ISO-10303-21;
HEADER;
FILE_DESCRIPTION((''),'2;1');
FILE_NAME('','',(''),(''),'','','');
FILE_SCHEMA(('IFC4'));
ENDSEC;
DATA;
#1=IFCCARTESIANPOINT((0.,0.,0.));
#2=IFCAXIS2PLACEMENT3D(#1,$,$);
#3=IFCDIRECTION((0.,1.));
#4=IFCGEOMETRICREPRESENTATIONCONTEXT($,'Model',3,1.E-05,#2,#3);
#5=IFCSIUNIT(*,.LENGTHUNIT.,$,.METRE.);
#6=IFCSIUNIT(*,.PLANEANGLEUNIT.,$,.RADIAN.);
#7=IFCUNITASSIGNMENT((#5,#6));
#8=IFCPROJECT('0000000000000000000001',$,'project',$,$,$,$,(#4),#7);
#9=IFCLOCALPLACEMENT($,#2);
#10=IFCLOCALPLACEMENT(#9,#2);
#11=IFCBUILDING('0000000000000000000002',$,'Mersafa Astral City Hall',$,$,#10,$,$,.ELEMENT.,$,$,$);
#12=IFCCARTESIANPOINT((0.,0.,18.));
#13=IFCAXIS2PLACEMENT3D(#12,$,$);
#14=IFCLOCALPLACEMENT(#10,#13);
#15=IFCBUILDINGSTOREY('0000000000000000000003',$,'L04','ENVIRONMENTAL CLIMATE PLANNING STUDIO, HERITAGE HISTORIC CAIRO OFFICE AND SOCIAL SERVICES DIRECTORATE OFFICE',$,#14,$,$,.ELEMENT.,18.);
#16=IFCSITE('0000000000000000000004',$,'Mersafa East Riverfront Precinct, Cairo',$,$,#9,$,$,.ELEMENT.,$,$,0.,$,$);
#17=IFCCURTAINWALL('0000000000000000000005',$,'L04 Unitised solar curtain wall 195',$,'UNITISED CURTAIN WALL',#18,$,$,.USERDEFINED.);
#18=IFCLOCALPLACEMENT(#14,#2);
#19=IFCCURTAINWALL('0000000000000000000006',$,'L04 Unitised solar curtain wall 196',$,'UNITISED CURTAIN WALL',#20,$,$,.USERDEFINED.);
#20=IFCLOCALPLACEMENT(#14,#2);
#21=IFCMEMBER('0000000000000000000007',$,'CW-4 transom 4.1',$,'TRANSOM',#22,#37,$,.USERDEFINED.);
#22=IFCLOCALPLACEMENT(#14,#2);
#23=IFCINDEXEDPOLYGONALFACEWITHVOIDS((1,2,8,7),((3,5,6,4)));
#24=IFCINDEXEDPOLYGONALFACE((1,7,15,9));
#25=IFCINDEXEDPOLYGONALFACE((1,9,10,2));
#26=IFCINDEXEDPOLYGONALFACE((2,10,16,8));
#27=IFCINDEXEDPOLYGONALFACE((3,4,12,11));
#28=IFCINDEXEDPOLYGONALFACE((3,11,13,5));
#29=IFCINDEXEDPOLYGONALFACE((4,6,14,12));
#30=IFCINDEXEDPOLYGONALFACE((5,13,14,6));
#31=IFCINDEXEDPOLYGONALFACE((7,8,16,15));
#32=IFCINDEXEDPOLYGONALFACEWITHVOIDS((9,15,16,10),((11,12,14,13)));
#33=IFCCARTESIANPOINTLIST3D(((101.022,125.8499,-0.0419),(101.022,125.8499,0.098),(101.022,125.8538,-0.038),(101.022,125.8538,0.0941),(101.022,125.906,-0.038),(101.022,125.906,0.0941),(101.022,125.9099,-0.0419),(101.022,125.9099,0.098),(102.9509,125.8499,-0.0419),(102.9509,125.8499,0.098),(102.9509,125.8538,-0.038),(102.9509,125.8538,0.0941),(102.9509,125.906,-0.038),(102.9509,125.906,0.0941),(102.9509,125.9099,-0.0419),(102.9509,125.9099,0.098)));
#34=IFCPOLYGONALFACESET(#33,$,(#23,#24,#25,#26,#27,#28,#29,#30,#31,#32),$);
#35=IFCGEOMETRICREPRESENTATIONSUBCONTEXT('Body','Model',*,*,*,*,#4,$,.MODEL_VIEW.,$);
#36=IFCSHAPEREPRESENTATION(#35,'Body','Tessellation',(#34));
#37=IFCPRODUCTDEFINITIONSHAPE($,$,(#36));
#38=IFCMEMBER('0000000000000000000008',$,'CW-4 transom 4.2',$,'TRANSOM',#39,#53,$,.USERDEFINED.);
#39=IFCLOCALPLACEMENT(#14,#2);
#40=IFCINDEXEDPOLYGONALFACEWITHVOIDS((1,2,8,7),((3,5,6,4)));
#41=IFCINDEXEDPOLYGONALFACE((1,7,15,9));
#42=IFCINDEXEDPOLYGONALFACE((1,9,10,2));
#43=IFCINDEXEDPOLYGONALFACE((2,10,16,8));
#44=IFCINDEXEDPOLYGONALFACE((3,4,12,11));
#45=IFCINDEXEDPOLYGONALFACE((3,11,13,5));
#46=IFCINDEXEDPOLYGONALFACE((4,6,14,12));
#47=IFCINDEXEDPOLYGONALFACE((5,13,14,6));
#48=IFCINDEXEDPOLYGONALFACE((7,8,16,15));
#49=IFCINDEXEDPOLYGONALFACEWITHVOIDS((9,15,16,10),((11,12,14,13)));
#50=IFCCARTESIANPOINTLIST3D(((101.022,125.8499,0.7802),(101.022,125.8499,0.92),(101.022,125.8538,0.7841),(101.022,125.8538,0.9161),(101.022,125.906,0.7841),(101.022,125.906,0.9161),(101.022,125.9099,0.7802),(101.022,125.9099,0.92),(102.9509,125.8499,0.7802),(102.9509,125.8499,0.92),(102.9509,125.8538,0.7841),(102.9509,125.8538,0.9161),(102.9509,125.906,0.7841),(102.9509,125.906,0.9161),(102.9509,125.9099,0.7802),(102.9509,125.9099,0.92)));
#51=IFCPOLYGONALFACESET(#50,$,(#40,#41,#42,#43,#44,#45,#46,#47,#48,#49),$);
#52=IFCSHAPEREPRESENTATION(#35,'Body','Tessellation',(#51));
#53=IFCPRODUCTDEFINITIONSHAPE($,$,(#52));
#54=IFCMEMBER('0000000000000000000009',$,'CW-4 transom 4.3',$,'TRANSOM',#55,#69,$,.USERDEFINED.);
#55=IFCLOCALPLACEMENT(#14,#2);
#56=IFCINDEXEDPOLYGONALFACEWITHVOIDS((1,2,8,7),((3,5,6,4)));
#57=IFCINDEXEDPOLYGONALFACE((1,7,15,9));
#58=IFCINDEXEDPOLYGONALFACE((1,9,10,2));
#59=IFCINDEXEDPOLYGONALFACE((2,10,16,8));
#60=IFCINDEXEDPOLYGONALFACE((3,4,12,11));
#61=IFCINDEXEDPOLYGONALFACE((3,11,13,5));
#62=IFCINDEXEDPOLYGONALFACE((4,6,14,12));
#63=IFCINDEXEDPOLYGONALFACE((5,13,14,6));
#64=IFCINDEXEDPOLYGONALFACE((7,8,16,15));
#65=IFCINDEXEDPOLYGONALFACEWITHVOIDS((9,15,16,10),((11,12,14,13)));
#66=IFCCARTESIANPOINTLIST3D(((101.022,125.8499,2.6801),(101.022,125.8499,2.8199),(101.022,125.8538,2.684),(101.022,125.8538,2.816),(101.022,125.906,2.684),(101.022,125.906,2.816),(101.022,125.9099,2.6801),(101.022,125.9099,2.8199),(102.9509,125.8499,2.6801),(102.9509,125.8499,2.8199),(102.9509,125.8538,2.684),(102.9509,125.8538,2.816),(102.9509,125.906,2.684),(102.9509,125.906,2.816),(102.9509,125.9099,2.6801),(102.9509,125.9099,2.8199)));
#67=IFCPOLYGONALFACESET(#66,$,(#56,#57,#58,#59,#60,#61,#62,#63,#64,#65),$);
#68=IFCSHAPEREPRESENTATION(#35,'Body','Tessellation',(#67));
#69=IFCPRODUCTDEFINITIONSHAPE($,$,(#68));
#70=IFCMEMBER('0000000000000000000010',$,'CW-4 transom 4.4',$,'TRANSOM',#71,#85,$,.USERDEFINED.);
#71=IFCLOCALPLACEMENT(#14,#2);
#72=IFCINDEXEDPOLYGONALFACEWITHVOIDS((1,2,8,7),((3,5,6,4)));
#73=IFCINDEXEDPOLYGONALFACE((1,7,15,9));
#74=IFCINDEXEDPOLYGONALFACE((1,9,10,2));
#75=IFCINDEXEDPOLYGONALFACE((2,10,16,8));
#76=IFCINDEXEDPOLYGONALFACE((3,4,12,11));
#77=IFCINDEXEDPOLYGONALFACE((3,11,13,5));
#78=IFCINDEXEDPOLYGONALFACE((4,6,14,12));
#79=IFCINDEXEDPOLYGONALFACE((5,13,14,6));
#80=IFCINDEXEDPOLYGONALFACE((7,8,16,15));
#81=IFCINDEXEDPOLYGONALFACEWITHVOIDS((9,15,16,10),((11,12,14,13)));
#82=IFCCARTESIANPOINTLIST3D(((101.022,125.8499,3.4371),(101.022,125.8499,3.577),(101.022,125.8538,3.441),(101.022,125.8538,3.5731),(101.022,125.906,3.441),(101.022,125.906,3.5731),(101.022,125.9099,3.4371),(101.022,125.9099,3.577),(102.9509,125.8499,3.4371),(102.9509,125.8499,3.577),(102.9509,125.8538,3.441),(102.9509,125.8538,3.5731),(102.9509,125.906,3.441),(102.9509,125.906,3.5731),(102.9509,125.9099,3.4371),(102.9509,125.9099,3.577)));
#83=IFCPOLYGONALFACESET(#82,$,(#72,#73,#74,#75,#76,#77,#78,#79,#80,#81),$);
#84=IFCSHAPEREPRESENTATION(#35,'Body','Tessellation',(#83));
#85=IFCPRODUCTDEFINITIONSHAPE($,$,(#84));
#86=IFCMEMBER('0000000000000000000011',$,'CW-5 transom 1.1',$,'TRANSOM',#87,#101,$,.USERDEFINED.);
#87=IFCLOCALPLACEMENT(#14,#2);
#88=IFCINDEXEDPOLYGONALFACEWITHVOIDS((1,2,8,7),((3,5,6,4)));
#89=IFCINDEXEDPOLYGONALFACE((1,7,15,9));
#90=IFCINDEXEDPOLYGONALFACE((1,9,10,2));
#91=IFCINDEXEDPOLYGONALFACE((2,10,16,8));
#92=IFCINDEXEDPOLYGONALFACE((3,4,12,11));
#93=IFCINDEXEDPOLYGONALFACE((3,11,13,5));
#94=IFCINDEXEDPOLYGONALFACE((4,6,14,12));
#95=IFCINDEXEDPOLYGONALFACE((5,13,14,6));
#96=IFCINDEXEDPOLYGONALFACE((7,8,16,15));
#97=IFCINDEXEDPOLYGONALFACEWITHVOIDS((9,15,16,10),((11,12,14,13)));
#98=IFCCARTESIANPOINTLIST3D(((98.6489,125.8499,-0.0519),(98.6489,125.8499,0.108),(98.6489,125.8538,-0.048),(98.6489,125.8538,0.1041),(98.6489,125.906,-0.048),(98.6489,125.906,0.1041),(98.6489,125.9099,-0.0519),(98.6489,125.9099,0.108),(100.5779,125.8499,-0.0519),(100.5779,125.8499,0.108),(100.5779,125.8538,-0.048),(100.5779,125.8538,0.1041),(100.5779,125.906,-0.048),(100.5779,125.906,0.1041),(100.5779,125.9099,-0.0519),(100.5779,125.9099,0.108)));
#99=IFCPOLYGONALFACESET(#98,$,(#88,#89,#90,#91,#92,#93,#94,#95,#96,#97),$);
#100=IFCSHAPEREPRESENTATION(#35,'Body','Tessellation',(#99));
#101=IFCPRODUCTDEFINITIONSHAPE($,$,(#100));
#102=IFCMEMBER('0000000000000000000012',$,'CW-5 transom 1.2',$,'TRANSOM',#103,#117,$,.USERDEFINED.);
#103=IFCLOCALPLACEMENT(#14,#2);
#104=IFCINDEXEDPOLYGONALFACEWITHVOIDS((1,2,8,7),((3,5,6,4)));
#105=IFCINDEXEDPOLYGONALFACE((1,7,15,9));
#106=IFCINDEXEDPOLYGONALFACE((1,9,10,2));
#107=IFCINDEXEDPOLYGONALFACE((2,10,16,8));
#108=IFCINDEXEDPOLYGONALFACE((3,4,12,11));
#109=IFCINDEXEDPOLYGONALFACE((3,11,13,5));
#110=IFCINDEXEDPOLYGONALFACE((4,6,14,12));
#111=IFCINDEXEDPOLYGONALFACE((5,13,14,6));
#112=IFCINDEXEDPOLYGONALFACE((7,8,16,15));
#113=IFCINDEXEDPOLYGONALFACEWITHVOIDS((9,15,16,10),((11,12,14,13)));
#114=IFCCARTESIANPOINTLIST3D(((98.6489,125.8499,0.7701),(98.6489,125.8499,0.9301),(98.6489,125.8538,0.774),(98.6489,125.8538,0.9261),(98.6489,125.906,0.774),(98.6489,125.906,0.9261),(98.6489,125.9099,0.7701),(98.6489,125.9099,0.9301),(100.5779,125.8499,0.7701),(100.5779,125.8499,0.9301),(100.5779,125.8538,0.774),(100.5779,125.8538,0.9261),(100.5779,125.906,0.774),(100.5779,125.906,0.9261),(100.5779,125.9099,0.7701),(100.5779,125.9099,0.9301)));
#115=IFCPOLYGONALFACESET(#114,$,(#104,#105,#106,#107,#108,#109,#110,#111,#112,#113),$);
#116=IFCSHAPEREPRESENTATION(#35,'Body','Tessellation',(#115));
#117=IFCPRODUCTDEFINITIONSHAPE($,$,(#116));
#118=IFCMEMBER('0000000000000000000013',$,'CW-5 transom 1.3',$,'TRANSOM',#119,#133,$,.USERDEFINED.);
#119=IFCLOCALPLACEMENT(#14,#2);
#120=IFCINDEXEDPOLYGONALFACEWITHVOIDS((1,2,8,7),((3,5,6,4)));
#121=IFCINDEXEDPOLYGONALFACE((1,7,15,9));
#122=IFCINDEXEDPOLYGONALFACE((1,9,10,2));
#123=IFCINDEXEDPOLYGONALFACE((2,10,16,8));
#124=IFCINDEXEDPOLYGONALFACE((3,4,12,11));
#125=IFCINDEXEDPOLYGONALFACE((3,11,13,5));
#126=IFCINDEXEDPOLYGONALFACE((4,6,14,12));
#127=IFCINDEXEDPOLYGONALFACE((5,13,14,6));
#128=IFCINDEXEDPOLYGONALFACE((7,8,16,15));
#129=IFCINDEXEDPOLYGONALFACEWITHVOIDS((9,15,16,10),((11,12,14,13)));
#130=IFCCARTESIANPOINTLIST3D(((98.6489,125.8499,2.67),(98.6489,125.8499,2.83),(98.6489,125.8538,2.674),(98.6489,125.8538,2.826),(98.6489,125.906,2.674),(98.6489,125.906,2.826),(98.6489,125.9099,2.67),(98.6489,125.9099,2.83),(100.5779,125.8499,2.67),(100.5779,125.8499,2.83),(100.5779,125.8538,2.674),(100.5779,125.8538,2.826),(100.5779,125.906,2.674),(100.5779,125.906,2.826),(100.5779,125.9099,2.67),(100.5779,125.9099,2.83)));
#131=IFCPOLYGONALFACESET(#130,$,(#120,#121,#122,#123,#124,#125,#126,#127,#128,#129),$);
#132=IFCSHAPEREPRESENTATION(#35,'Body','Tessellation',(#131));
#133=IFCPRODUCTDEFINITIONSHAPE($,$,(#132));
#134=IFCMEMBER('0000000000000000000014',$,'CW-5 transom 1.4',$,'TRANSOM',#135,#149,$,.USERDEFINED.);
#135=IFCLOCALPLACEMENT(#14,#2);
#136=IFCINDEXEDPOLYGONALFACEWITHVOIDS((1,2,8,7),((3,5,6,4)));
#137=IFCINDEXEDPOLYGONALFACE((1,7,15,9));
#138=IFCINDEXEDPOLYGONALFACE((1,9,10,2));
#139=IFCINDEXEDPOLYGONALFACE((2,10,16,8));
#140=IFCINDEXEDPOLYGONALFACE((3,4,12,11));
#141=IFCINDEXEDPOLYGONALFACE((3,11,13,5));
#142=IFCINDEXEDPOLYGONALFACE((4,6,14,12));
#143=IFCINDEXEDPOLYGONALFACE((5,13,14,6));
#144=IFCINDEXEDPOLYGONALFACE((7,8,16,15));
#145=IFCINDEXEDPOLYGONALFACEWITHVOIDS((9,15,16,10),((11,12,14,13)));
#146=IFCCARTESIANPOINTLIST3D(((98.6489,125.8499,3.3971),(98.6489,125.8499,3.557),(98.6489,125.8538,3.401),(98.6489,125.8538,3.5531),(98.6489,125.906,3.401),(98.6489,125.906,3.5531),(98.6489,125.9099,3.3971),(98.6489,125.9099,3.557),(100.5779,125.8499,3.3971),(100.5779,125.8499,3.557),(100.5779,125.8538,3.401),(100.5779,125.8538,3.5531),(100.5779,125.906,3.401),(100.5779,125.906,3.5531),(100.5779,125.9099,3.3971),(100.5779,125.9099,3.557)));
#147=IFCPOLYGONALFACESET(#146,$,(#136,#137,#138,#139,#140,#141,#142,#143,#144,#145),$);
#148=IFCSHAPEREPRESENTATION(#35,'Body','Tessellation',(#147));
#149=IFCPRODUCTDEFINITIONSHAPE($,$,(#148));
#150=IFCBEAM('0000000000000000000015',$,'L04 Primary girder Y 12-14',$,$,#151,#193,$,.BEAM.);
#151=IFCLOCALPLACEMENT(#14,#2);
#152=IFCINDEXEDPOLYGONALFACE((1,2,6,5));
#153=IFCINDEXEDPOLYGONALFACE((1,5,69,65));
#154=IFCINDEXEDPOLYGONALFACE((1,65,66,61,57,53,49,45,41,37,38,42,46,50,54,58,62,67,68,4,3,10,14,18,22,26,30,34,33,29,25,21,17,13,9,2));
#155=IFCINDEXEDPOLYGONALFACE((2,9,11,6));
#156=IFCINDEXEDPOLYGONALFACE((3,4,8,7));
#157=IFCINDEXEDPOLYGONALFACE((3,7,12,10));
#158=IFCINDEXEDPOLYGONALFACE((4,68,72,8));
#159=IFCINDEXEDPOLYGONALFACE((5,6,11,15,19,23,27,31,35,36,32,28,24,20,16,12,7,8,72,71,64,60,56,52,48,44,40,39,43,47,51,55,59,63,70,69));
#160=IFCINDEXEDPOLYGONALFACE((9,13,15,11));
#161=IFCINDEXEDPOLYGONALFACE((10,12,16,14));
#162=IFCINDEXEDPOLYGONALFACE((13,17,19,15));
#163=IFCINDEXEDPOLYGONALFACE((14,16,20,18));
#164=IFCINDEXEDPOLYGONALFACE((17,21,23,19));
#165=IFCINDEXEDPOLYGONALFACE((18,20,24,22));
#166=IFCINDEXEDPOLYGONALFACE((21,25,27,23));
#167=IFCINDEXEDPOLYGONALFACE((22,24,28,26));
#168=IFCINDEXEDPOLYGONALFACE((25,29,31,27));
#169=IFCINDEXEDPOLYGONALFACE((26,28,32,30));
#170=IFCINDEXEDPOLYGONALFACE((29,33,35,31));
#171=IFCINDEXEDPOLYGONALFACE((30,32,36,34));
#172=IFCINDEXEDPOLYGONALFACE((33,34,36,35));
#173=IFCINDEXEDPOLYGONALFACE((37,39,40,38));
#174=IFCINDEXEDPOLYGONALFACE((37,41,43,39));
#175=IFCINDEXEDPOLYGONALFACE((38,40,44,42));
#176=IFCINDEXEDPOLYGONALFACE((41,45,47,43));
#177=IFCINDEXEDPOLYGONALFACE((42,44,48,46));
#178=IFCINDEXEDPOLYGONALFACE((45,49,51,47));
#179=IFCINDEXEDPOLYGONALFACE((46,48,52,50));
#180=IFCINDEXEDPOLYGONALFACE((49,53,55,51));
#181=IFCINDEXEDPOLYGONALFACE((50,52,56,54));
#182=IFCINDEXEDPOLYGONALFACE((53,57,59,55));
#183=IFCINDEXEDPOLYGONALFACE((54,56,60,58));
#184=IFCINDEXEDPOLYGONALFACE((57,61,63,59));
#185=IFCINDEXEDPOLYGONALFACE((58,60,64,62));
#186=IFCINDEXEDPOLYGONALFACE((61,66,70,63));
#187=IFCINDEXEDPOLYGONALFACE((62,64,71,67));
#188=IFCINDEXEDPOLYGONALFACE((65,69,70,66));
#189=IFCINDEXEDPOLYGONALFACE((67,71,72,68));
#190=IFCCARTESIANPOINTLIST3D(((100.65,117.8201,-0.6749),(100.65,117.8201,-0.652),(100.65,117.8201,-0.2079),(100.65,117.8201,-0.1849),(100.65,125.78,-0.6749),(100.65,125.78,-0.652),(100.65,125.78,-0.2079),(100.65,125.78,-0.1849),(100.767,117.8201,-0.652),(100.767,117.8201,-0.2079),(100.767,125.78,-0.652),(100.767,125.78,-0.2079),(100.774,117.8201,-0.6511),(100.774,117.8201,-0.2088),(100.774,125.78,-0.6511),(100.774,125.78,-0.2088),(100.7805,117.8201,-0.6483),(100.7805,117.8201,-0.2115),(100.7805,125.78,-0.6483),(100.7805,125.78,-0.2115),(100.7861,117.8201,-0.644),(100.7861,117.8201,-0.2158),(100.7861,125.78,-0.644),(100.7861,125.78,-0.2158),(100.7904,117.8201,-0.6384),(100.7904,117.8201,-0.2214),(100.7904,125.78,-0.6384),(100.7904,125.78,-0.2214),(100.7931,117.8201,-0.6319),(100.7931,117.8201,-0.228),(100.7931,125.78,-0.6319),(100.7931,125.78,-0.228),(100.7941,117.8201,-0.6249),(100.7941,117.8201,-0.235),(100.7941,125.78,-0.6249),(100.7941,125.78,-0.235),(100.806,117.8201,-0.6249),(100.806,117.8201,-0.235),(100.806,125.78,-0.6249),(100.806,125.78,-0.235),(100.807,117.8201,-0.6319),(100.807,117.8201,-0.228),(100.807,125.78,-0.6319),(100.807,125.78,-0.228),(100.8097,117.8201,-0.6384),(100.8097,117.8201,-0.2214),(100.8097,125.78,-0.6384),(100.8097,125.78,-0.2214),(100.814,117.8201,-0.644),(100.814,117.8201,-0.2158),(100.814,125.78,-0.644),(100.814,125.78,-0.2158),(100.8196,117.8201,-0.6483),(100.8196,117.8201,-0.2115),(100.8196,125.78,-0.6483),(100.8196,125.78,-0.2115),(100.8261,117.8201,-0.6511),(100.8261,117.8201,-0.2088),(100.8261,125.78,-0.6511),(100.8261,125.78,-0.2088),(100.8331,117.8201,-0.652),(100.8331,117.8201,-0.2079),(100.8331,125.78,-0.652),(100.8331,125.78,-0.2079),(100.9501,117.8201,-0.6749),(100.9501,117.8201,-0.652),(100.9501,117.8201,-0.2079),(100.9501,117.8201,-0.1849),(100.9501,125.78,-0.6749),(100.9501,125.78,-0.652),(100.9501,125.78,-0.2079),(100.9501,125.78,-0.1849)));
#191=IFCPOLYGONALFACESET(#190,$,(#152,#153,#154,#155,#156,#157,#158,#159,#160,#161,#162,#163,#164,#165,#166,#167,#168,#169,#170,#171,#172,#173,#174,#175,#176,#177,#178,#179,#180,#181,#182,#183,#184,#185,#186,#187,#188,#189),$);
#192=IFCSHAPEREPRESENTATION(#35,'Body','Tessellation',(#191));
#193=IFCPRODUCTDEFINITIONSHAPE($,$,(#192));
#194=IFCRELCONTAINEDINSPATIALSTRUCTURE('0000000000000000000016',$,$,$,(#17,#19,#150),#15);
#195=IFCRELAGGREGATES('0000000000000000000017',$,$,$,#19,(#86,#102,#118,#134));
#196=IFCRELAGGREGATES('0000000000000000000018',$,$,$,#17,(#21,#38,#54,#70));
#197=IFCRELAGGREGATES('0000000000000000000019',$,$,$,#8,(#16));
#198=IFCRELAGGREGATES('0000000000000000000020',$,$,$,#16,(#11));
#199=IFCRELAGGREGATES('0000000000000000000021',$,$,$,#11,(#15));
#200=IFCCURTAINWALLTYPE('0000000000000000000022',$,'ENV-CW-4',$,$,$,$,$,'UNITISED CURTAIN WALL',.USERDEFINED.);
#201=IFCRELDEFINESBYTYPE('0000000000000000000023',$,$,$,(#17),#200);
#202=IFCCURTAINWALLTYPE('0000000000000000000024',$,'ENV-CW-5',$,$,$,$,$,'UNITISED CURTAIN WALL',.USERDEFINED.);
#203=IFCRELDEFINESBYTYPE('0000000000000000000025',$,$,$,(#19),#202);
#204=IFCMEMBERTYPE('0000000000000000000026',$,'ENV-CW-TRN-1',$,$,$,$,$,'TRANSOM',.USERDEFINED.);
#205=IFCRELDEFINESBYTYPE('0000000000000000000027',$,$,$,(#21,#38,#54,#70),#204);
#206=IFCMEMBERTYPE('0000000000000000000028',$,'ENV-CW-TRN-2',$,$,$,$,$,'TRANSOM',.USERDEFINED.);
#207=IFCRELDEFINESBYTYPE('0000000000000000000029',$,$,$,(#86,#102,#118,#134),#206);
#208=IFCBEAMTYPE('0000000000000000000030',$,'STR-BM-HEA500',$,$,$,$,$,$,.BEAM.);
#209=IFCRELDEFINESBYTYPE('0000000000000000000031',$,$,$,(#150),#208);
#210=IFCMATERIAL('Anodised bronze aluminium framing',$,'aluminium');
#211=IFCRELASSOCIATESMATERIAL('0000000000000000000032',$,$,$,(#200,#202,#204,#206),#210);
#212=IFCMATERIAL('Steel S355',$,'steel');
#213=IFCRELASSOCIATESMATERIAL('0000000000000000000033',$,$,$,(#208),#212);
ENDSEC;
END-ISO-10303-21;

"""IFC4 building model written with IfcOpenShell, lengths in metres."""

from ifc_helpers import new_model, si_unit, direction, frame, origin, origin_2d, place, context, subcontext, project, spatial, hollow_rectangle, i_section, extrude, material, material_profile, profile_set, type_object, element, aggregate, save


model = new_model("IFC4")

# Units and contexts
model_context = context("Model", 3, precision=1e-05, world=origin(), true_north=direction((0.0, 1.0)))
body_context = subcontext(model_context, "Body", "Model", "MODEL_VIEW")
ifc_project = project(units=[si_unit("LENGTHUNIT", "METRE"), si_unit("PLANEANGLEUNIT", "RADIAN")], contexts=[model_context])

# Site, building, storey
site_placement = place(None, origin())
site = spatial("IfcSite", under=ifc_project, at=site_placement, Name="Mersafa East Riverfront Precinct, Cairo", CompositionType="ELEMENT", RefElevation=0.0)
building_placement = place(site_placement, origin())
building = spatial("IfcBuilding", under=site, at=building_placement, Name="Mersafa Astral City Hall", CompositionType="ELEMENT")
storey_placement = place(building_placement, frame((0.0, 0.0, 18.0)))
storey = spatial("IfcBuildingStorey", under=building, at=storey_placement, Name="L04", Description="ENVIRONMENTAL CLIMATE PLANNING STUDIO, HERITAGE HISTORIC CAIRO OFFICE AND SOCIAL SERVICES DIRECTORATE OFFICE", CompositionType="ELEMENT", Elevation=18.0)

# Shared definitions
ifc_material_1 = material(Name="Steel S355", Category="steel")

# Curtain wall
ifc_material_2 = material(Name="Anodised bronze aluminium framing", Category="aluminium")
curtain_wall_type_1 = type_object("IfcCurtainWallType", Name="ENV-CW-4", ElementType="UNITISED CURTAIN WALL", PredefinedType="USERDEFINED", material=ifc_material_2)
curtain_wall_1_placement = place(storey_placement, origin())
curtain_wall_1 = element("IfcCurtainWall", 1, at=curtain_wall_1_placement, inside=storey, type_object=curtain_wall_type_1, Name="L04 Unitised solar curtain wall 195", ObjectType="UNITISED CURTAIN WALL", PredefinedType="USERDEFINED")

# Curtain wall
curtain_wall_type_2 = type_object("IfcCurtainWallType", Name="ENV-CW-5", ElementType="UNITISED CURTAIN WALL", PredefinedType="USERDEFINED", material=ifc_material_2)
curtain_wall_2_placement = place(storey_placement, origin())
curtain_wall_2 = element("IfcCurtainWall", 2, at=curtain_wall_2_placement, inside=storey, type_object=curtain_wall_type_2, Name="L04 Unitised solar curtain wall 196", ObjectType="UNITISED CURTAIN WALL", PredefinedType="USERDEFINED")

# Members
ifc_material_profile_1 = material_profile(ifc_material_2, hollow_rectangle(XDim=0.0601, YDim=0.1399, WallThickness=0.0039, at=origin_2d()), Name="RHS 60x140x4")
ifc_profile_set_1 = profile_set([ifc_material_profile_1], Name="Anodised bronze aluminium framing")
member_type_1 = type_object("IfcMemberType", Name="ENV-CW-TRN-1", ElementType="TRANSOM", PredefinedType="USERDEFINED", material=ifc_profile_set_1)
member_1_placement = place(storey_placement, frame((102.9509, 125.8799, 0.0281), z_axis=(-1.0, 0.0, 0.0), x_axis=(0.0, -1.0, 0.0)))
member_1 = element("IfcMember", 3, at=member_1_placement, type_object=member_type_1, Name="CW-4 transom 4.1", ObjectType="TRANSOM", PredefinedType="USERDEFINED", context=body_context, shape_type="SweptSolid", body=[
    extrude(hollow_rectangle(XDim=0.0601, YDim=0.1399, WallThickness=0.0039, at=origin_2d()), origin(), (0.0, 0.0, 1.0), 1.929),
])
member_2_placement = place(storey_placement, frame((102.9509, 125.8799, 0.8501), z_axis=(-1.0, 0.0, 0.0), x_axis=(0.0, -1.0, 0.0)))
member_2 = element("IfcMember", 4, at=member_2_placement, type_object=member_type_1, Name="CW-4 transom 4.2", ObjectType="TRANSOM", PredefinedType="USERDEFINED", context=body_context, shape_type="SweptSolid", body=[
    extrude(hollow_rectangle(XDim=0.0601, YDim=0.1399, WallThickness=0.0039, at=origin_2d()), origin(), (0.0, 0.0, 1.0), 1.929),
])
member_3_placement = place(storey_placement, frame((102.9509, 125.8799, 2.75), z_axis=(-1.0, 0.0, 0.0), x_axis=(0.0, -1.0, 0.0)))
member_3 = element("IfcMember", 5, at=member_3_placement, type_object=member_type_1, Name="CW-4 transom 4.3", ObjectType="TRANSOM", PredefinedType="USERDEFINED", context=body_context, shape_type="SweptSolid", body=[
    extrude(hollow_rectangle(XDim=0.0601, YDim=0.1399, WallThickness=0.0039, at=origin_2d()), origin(), (0.0, 0.0, 1.0), 1.929),
])
member_4_placement = place(storey_placement, frame((102.9509, 125.8799, 3.5071), z_axis=(-1.0, 0.0, 0.0), x_axis=(0.0, -1.0, 0.0)))
member_4 = element("IfcMember", 6, at=member_4_placement, type_object=member_type_1, Name="CW-4 transom 4.4", ObjectType="TRANSOM", PredefinedType="USERDEFINED", context=body_context, shape_type="SweptSolid", body=[
    extrude(hollow_rectangle(XDim=0.0601, YDim=0.1399, WallThickness=0.0039, at=origin_2d()), origin(), (0.0, 0.0, 1.0), 1.929),
])
ifc_material_profile_2 = material_profile(ifc_material_2, hollow_rectangle(XDim=0.0601, YDim=0.1599, WallThickness=0.0039, at=origin_2d()), Name="RHS 60x160x4")
ifc_profile_set_2 = profile_set([ifc_material_profile_2], Name="Anodised bronze aluminium framing")
member_type_2 = type_object("IfcMemberType", Name="ENV-CW-TRN-2", ElementType="TRANSOM", PredefinedType="USERDEFINED", material=ifc_profile_set_2)
member_5_placement = place(storey_placement, frame((100.5779, 125.8799, 0.0281), z_axis=(-1.0, 0.0, 0.0), x_axis=(0.0, -1.0, 0.0)))
member_5 = element("IfcMember", 7, at=member_5_placement, type_object=member_type_2, Name="CW-5 transom 1.1", ObjectType="TRANSOM", PredefinedType="USERDEFINED", context=body_context, shape_type="SweptSolid", body=[
    extrude(hollow_rectangle(XDim=0.0601, YDim=0.1599, WallThickness=0.0039, at=origin_2d()), origin(), (0.0, 0.0, 1.0), 1.929),
])
member_6_placement = place(storey_placement, frame((100.5779, 125.8799, 0.8501), z_axis=(-1.0, 0.0, 0.0), x_axis=(0.0, -1.0, 0.0)))
member_6 = element("IfcMember", 8, at=member_6_placement, type_object=member_type_2, Name="CW-5 transom 1.2", ObjectType="TRANSOM", PredefinedType="USERDEFINED", context=body_context, shape_type="SweptSolid", body=[
    extrude(hollow_rectangle(XDim=0.0601, YDim=0.1599, WallThickness=0.0039, at=origin_2d()), origin(), (0.0, 0.0, 1.0), 1.929),
])
member_7_placement = place(storey_placement, frame((100.5779, 125.8799, 2.75), z_axis=(-1.0, 0.0, 0.0), x_axis=(0.0, -1.0, 0.0)))
member_7 = element("IfcMember", 9, at=member_7_placement, type_object=member_type_2, Name="CW-5 transom 1.3", ObjectType="TRANSOM", PredefinedType="USERDEFINED", context=body_context, shape_type="SweptSolid", body=[
    extrude(hollow_rectangle(XDim=0.0601, YDim=0.1599, WallThickness=0.0039, at=origin_2d()), origin(), (0.0, 0.0, 1.0), 1.929),
])
member_8_placement = place(storey_placement, frame((100.5779, 125.8799, 3.4771), z_axis=(-1.0, 0.0, 0.0), x_axis=(0.0, -1.0, 0.0)))
member_8 = element("IfcMember", 10, at=member_8_placement, type_object=member_type_2, Name="CW-5 transom 1.4", ObjectType="TRANSOM", PredefinedType="USERDEFINED", context=body_context, shape_type="SweptSolid", body=[
    extrude(hollow_rectangle(XDim=0.0601, YDim=0.1599, WallThickness=0.0039, at=origin_2d()), origin(), (0.0, 0.0, 1.0), 1.929),
])

# Beam
ifc_material_profile_3 = material_profile(ifc_material_1, i_section(OverallWidth=0.3, OverallDepth=0.49, WebThickness=0.012, FlangeThickness=0.0229, FilletRadius=0.0271, at=origin_2d()), Name="HEA 500")
ifc_profile_set_3 = profile_set([ifc_material_profile_3], Name="Steel S355")
beam_type_1 = type_object("IfcBeamType", Name="STR-BM-HEA500", PredefinedType="BEAM", material=ifc_profile_set_3)
beam_1_placement = place(storey_placement, frame((100.8, 117.8201, -0.4299), z_axis=(0.0, 1.0, 0.0), x_axis=(-1.0, 0.0, 0.0)))
element("IfcBeam", 11, at=beam_1_placement, inside=storey, type_object=beam_type_1, Name="L04 Primary girder Y 12-14", PredefinedType="BEAM", context=body_context, shape_type="SweptSolid", body=[
    extrude(i_section(OverallWidth=0.3, OverallDepth=0.49, WebThickness=0.012, FlangeThickness=0.0229, FilletRadius=0.0271, at=origin_2d()), origin(), (0.0, 0.0, 1.0), 7.96),
])

aggregate(curtain_wall_2, [member_5, member_6, member_7, member_8])
aggregate(curtain_wall_1, [member_1, member_2, member_3, member_4])

save(model, "model.ifc")
